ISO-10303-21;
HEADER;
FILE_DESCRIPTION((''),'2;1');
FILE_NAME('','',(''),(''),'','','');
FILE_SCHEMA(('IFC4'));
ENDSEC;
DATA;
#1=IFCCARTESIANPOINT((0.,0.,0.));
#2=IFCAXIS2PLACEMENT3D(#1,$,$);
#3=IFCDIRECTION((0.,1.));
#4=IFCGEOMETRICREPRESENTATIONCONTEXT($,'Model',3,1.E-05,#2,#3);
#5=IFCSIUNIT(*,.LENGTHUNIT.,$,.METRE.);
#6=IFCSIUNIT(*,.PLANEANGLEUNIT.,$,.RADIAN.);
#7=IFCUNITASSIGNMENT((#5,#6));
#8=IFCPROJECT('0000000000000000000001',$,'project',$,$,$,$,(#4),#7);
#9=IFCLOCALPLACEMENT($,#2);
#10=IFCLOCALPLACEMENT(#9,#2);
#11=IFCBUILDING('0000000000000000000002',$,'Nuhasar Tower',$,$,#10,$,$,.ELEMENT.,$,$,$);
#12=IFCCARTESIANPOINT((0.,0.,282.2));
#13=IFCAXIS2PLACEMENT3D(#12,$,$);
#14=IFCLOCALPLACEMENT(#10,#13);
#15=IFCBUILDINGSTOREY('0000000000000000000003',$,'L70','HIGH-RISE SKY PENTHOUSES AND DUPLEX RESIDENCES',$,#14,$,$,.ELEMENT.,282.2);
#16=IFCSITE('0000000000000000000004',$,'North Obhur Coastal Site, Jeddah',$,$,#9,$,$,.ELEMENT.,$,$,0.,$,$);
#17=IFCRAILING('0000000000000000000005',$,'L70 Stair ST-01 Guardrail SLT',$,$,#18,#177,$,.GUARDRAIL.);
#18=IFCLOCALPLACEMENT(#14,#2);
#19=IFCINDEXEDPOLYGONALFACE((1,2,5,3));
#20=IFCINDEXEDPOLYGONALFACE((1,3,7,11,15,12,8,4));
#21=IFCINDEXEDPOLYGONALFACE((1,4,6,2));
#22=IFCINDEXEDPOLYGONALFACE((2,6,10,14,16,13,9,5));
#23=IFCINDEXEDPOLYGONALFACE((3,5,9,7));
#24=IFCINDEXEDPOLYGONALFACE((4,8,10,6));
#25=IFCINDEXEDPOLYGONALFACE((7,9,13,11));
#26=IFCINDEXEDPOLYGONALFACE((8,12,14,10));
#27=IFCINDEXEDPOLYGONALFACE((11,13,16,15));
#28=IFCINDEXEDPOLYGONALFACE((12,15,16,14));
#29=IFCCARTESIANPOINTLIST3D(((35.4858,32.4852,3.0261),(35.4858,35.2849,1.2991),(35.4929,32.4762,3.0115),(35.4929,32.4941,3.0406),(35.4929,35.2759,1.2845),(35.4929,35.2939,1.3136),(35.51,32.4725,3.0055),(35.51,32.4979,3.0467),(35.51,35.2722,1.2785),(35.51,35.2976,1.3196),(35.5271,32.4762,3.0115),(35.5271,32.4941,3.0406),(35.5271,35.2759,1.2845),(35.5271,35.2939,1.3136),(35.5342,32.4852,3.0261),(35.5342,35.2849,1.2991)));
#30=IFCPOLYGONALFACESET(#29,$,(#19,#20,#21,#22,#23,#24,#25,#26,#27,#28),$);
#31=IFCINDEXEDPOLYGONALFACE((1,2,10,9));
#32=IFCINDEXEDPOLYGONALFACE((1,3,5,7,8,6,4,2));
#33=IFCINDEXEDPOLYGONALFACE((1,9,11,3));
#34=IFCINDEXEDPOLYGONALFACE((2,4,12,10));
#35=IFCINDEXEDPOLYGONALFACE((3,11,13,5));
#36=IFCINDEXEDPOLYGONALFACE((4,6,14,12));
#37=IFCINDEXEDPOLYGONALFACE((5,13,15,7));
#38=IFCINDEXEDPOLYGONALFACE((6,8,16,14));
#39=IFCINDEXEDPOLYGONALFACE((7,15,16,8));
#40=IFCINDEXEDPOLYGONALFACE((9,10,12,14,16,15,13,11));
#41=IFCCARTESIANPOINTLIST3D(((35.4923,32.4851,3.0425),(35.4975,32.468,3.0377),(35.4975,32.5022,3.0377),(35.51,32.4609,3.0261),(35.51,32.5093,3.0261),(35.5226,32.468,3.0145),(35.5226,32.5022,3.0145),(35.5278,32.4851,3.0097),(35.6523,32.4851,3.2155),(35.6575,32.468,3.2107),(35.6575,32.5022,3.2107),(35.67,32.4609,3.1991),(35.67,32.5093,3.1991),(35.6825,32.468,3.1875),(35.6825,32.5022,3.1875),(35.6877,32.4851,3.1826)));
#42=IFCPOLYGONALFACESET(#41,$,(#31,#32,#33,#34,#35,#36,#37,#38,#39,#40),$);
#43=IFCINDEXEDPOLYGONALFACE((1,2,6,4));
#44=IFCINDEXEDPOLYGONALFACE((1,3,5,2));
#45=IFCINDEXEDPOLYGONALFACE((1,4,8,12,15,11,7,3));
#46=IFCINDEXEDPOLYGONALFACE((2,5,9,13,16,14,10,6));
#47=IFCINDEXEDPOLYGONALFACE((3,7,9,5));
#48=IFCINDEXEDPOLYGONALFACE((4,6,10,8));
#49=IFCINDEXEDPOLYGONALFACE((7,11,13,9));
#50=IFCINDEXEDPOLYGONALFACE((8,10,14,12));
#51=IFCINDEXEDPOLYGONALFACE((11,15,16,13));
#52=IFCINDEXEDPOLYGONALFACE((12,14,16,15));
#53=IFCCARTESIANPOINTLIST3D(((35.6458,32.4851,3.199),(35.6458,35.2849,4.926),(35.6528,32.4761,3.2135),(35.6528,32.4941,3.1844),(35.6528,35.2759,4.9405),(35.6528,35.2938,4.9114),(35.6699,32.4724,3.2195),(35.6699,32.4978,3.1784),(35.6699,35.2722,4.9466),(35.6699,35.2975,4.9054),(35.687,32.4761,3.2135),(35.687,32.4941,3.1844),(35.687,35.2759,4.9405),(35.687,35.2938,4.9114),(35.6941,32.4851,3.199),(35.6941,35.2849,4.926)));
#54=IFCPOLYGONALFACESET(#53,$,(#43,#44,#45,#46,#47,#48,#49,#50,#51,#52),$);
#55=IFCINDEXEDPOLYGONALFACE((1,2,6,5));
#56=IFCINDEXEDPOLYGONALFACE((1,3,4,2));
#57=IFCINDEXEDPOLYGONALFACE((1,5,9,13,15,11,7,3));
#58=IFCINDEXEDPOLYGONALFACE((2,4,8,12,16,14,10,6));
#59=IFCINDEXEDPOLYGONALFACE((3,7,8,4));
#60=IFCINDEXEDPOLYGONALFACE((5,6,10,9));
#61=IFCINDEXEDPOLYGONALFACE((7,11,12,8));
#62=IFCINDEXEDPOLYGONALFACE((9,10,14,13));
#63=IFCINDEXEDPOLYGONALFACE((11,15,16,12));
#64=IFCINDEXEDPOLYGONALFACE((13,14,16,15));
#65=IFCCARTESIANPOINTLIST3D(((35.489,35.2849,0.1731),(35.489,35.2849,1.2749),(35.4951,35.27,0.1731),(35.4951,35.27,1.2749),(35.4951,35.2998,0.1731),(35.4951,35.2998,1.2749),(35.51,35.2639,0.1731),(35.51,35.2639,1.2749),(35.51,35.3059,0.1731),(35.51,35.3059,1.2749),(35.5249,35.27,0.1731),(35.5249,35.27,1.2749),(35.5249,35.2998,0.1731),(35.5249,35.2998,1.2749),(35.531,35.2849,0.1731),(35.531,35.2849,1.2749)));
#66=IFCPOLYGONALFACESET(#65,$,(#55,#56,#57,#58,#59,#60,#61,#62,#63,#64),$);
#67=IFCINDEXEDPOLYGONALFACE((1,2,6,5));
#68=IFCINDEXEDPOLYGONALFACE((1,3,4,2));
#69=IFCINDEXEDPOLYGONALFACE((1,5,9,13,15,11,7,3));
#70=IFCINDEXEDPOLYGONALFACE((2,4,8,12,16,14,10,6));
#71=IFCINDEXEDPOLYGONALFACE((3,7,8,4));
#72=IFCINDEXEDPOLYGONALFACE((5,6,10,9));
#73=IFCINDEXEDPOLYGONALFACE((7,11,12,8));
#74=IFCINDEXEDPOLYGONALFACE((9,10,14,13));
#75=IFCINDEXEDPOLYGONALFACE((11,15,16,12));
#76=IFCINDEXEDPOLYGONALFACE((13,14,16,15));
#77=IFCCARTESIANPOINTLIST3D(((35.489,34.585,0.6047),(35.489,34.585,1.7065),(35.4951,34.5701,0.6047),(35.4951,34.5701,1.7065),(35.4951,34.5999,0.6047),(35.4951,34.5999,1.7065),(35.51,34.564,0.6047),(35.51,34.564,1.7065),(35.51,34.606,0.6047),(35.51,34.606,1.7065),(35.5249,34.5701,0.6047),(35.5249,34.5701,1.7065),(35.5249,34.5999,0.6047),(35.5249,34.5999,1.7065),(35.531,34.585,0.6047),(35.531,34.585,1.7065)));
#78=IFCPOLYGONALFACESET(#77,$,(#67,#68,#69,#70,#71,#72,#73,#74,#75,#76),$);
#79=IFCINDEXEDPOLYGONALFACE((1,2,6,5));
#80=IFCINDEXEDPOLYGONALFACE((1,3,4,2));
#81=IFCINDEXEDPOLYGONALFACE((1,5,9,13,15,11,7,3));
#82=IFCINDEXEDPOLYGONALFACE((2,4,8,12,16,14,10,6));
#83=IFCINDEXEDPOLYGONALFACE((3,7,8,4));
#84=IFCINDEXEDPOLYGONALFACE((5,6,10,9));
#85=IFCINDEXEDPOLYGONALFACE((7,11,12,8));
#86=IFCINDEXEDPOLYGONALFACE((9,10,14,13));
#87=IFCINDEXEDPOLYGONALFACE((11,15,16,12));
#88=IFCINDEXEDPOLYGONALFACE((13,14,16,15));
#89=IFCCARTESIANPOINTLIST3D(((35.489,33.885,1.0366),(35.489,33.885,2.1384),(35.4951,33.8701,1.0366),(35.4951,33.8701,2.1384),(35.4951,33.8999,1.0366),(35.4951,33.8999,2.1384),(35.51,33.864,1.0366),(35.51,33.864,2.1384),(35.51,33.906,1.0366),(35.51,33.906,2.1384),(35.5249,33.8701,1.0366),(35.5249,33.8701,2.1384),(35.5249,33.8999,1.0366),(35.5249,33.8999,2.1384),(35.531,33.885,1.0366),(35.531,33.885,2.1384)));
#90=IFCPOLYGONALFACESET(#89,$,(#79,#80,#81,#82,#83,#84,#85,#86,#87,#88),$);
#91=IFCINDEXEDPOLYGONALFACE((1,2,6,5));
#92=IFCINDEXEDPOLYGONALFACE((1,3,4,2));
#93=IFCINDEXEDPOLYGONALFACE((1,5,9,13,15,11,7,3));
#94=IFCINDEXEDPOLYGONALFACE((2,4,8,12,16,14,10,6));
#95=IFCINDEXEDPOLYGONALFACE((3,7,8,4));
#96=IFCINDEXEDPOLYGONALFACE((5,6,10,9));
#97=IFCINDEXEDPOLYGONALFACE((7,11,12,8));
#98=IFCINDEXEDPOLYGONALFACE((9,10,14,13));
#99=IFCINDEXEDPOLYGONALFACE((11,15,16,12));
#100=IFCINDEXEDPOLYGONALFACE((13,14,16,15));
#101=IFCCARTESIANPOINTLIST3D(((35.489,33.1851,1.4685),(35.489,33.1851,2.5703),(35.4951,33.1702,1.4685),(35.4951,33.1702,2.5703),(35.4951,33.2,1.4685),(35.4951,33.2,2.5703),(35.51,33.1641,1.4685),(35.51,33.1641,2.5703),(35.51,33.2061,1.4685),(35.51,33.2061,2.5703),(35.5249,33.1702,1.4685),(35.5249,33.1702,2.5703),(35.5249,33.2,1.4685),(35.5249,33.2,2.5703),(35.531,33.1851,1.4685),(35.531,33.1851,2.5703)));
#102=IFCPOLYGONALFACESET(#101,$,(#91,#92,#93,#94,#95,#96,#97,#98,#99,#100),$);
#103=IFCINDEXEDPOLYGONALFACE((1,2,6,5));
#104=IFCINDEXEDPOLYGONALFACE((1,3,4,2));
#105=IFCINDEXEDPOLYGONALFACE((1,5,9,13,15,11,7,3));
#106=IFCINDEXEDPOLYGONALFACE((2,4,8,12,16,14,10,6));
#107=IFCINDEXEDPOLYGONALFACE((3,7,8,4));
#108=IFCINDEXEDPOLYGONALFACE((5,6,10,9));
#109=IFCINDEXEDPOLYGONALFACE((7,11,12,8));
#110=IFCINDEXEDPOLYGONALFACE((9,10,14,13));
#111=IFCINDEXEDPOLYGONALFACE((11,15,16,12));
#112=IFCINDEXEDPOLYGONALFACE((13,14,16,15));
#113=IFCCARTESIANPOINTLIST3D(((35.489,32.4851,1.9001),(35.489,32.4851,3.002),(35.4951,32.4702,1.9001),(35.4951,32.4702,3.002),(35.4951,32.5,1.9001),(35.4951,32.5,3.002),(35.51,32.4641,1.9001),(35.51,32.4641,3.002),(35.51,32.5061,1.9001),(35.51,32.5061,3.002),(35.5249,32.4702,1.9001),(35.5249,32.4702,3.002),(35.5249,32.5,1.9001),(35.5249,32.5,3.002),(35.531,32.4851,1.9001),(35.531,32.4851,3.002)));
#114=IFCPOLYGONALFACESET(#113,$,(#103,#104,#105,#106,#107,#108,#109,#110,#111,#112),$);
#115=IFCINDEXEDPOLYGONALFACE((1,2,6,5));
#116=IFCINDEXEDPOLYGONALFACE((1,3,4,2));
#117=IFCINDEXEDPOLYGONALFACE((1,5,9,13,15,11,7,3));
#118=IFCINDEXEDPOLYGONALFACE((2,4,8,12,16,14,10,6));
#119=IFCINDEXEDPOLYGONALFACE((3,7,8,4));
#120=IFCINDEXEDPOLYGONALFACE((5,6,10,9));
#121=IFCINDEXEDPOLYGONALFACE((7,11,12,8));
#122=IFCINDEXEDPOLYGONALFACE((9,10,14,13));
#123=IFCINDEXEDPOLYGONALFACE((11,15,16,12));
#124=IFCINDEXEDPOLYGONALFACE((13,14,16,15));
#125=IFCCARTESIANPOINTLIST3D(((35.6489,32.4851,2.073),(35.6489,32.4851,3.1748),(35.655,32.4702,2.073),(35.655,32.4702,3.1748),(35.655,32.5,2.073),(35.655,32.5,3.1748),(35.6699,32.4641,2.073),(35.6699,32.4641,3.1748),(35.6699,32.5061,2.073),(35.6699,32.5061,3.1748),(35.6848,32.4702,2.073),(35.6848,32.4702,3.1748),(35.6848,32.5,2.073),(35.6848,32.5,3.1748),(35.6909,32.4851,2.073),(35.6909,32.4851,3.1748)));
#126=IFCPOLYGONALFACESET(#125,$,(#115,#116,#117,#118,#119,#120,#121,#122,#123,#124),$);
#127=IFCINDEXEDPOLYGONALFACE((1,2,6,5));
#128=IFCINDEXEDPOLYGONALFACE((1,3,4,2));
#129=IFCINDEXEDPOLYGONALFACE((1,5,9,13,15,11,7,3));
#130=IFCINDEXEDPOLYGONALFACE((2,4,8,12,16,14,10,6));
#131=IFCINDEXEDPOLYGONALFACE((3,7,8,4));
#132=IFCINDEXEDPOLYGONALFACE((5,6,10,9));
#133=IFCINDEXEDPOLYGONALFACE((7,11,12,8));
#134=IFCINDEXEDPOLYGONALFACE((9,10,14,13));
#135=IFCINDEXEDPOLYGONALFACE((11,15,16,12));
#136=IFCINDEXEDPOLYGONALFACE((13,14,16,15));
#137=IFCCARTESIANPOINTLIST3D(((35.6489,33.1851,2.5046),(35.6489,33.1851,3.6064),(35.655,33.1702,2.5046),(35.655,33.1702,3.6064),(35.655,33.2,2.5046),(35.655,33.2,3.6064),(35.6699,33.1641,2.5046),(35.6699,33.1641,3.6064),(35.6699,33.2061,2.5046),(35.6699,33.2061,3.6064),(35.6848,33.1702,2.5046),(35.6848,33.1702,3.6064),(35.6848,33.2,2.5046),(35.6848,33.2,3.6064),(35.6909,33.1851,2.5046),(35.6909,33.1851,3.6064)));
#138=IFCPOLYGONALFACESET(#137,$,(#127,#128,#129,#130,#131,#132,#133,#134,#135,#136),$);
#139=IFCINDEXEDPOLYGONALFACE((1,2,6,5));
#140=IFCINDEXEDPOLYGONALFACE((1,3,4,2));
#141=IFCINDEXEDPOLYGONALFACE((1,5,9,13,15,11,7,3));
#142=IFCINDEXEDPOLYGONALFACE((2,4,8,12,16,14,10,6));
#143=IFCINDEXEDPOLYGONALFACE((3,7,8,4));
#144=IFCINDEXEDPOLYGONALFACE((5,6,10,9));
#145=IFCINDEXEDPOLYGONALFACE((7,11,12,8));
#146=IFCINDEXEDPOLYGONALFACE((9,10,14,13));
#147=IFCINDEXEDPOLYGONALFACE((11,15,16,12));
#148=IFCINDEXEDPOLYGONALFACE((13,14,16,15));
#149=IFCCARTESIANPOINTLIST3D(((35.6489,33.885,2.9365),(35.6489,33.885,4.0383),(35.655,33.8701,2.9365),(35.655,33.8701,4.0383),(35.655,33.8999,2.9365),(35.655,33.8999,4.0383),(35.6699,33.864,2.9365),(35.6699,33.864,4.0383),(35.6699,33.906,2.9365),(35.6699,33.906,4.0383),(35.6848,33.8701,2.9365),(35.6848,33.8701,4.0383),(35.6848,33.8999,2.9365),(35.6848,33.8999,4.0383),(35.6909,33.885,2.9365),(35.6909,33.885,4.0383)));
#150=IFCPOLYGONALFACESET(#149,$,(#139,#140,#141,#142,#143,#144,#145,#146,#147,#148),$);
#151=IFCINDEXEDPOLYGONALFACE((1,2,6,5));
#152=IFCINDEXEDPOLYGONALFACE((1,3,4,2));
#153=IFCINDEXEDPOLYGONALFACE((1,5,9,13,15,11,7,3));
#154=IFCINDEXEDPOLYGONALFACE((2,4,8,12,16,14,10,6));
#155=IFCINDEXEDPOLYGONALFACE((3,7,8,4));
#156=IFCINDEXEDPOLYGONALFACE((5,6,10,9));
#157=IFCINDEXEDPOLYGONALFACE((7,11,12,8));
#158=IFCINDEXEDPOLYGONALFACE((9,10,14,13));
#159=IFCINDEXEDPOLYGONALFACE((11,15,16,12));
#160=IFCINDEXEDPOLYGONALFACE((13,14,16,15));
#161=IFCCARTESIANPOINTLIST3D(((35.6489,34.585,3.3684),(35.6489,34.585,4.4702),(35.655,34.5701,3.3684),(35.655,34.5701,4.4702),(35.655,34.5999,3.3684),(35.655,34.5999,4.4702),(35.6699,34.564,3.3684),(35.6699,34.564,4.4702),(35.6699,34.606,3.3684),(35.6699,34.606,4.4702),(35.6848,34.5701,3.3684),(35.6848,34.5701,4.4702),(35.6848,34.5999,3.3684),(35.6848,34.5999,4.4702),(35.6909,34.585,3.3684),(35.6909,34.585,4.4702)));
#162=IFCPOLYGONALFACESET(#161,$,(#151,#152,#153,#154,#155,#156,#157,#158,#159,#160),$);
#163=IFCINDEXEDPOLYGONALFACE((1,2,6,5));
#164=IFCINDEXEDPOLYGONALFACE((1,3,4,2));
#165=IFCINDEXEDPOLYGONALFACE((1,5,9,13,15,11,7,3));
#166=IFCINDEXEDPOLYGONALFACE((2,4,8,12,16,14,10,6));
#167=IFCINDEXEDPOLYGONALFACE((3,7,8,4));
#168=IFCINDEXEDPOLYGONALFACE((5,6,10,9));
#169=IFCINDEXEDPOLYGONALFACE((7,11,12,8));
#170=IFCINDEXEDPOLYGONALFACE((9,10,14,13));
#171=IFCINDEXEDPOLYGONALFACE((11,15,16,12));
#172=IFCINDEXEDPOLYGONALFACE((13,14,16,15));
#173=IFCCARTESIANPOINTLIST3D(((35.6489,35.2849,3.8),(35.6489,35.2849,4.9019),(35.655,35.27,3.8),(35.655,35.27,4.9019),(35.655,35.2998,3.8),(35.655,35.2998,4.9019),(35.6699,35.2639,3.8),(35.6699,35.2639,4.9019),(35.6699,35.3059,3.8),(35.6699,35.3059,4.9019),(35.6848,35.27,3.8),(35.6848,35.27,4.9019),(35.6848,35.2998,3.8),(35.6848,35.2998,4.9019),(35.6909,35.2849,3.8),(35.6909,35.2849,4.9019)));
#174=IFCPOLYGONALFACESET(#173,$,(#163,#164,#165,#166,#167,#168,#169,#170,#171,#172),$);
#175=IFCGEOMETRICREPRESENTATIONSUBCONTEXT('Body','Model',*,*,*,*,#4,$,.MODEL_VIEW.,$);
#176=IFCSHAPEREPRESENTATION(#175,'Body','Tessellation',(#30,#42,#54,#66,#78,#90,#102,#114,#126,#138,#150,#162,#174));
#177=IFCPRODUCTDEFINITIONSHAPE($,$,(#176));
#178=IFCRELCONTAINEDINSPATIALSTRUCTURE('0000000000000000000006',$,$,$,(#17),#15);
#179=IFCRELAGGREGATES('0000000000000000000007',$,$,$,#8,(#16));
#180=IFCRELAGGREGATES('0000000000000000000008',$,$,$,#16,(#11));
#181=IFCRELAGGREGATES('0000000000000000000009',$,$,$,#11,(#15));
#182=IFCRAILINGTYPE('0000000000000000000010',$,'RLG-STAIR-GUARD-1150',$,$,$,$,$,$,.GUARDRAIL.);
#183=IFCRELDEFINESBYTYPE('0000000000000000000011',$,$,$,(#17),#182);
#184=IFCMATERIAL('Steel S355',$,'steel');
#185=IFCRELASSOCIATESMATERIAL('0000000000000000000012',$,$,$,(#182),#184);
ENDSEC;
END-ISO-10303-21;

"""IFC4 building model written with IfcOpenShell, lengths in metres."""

from ifc_helpers import new_model, si_unit, direction, frame, origin, place, context, subcontext, project, spatial, polyline, outline, extrude, material, type_object, element, save


model = new_model("IFC4")

# Units and contexts
model_context = context("Model", 3, precision=1e-05, world=origin(), true_north=direction((0.0, 1.0)))
body_context = subcontext(model_context, "Body", "Model", "MODEL_VIEW")
ifc_project = project(units=[si_unit("LENGTHUNIT", "METRE"), si_unit("PLANEANGLEUNIT", "RADIAN")], contexts=[model_context])

# Site, building, storey
site_placement = place(None, origin())
site = spatial("IfcSite", under=ifc_project, at=site_placement, Name="North Obhur Coastal Site, Jeddah", CompositionType="ELEMENT", RefElevation=0.0)
building_placement = place(site_placement, origin())
building = spatial("IfcBuilding", under=site, at=building_placement, Name="Nuhasar Tower", CompositionType="ELEMENT")
storey_placement = place(building_placement, frame((0.0, 0.0, 282.2)))
storey = spatial("IfcBuildingStorey", under=building, at=storey_placement, Name="L70", Description="HIGH-RISE SKY PENTHOUSES AND DUPLEX RESIDENCES", CompositionType="ELEMENT", Elevation=282.2)

# Shared definitions
ifc_material_1 = material(Name="Steel S355", Category="steel")

# Railing
railing_type_1 = type_object("IfcRailingType", Name="RLG-STAIR-GUARD-1150", PredefinedType="GUARDRAIL", material=ifc_material_1)
railing_1_placement = place(storey_placement, frame((35.51, 35.2849, 0.1731)))
element("IfcRailing", 1, at=railing_1_placement, inside=storey, type_object=railing_type_1, Name="L70 Stair ST-01 Guardrail SLT", PredefinedType="GUARDRAIL", context=body_context, shape_type="SweptSolid", body=[
    extrude(outline(polyline([(0.0242, 0.0), (0.0171, 0.0171), (0.0, 0.0242), (-0.0171, 0.0171), (-0.0242, 0.0), (-0.0171, -0.0171), (0.0, -0.0242), (0.0171, -0.0171), (0.0242, 0.0)])), frame((0.0, 0.0, 1.126), z_axis=(0.0, -0.851102, 0.525), x_axis=(1.0, 0.0, 0.0)), (0.0, 0.0, 1.0), 3.2896),
    extrude(outline(polyline([(0.0242, 0.0), (0.0171, 0.0171), (0.0, 0.0242), (-0.0171, 0.0171), (-0.0242, 0.0), (-0.0171, -0.0171), (0.0, -0.0242), (0.0171, -0.0171), (0.0242, 0.0)])), frame((0.0, -2.7998, 2.853), z_axis=(0.679098, 0.0, 0.734048), x_axis=(0.0, 1.0, 0.0)), (0.0, 0.0, 1.0), 0.2356),
    extrude(outline(polyline([(0.0242, 0.0), (0.0171, 0.0171), (0.0, 0.0242), (-0.0171, 0.0171), (-0.0242, 0.0), (-0.0171, -0.0171), (0.0, -0.0242), (0.0171, -0.0171), (0.0242, 0.0)])), frame((0.1599, -2.7998, 3.0259), z_axis=(0.0, 0.851102, 0.525), x_axis=(-1.0, 0.0, 0.0)), (0.0, 0.0, 1.0), 3.2896),
    extrude(outline(polyline([(0.021, 0.0), (0.0149, 0.0149), (0.0, 0.021), (-0.0149, 0.0149), (-0.021, 0.0), (-0.0149, -0.0149), (0.0, -0.021), (0.0149, -0.0149), (0.021, 0.0)])), origin(), (0.0, 0.0, 1.0), 1.1018),
    extrude(outline(polyline([(0.021, 0.0), (0.0149, 0.0149), (0.0, 0.021), (-0.0149, 0.0149), (-0.021, 0.0), (-0.0149, -0.0149), (0.0, -0.021), (0.0149, -0.0149), (0.021, 0.0)])), frame((0.0, -0.7, 0.4316)), (0.0, 0.0, 1.0), 1.1018),
    extrude(outline(polyline([(0.021, 0.0), (0.0149, 0.0149), (0.0, 0.021), (-0.0149, 0.0149), (-0.021, 0.0), (-0.0149, -0.0149), (0.0, -0.021), (0.0149, -0.0149), (0.021, 0.0)])), frame((0.0, -1.3999, 0.8635)), (0.0, 0.0, 1.0), 1.1018),
    extrude(outline(polyline([(0.021, 0.0), (0.0149, 0.0149), (0.0, 0.021), (-0.0149, 0.0149), (-0.021, 0.0), (-0.0149, -0.0149), (0.0, -0.021), (0.0149, -0.0149), (0.021, 0.0)])), frame((0.0, -2.0999, 1.2954)), (0.0, 0.0, 1.0), 1.1018),
    extrude(outline(polyline([(0.021, 0.0), (0.0149, 0.0149), (0.0, 0.021), (-0.0149, 0.0149), (-0.021, 0.0), (-0.0149, -0.0149), (0.0, -0.021), (0.0149, -0.0149), (0.021, 0.0)])), frame((0.0, -2.7998, 1.7271)), (0.0, 0.0, 1.0), 1.1018),
    extrude(outline(polyline([(0.021, 0.0), (0.0149, 0.0149), (0.0, 0.021), (-0.0149, 0.0149), (-0.021, 0.0), (-0.0149, -0.0149), (0.0, -0.021), (0.0149, -0.0149), (0.021, 0.0)])), frame((0.1599, -2.7998, 1.8999)), (0.0, 0.0, 1.0), 1.1018),
    extrude(outline(polyline([(0.021, 0.0), (0.0149, 0.0149), (0.0, 0.021), (-0.0149, 0.0149), (-0.021, 0.0), (-0.0149, -0.0149), (0.0, -0.021), (0.0149, -0.0149), (0.021, 0.0)])), frame((0.1599, -2.0999, 2.3315)), (0.0, 0.0, 1.0), 1.1018),
    extrude(outline(polyline([(0.021, 0.0), (0.0149, 0.0149), (0.0, 0.021), (-0.0149, 0.0149), (-0.021, 0.0), (-0.0149, -0.0149), (0.0, -0.021), (0.0149, -0.0149), (0.021, 0.0)])), frame((0.1599, -1.3999, 2.7634)), (0.0, 0.0, 1.0), 1.1018),
    extrude(outline(polyline([(0.021, 0.0), (0.0149, 0.0149), (0.0, 0.021), (-0.0149, 0.0149), (-0.021, 0.0), (-0.0149, -0.0149), (0.0, -0.021), (0.0149, -0.0149), (0.021, 0.0)])), frame((0.1599, -0.7, 3.1953)), (0.0, 0.0, 1.0), 1.1018),
    extrude(outline(polyline([(0.021, 0.0), (0.0149, 0.0149), (0.0, 0.021), (-0.0149, 0.0149), (-0.021, 0.0), (-0.0149, -0.0149), (0.0, -0.021), (0.0149, -0.0149), (0.021, 0.0)])), frame((0.1599, 0.0, 3.627)), (0.0, 0.0, 1.0), 1.1018),
])

save(model, "model.ifc")
